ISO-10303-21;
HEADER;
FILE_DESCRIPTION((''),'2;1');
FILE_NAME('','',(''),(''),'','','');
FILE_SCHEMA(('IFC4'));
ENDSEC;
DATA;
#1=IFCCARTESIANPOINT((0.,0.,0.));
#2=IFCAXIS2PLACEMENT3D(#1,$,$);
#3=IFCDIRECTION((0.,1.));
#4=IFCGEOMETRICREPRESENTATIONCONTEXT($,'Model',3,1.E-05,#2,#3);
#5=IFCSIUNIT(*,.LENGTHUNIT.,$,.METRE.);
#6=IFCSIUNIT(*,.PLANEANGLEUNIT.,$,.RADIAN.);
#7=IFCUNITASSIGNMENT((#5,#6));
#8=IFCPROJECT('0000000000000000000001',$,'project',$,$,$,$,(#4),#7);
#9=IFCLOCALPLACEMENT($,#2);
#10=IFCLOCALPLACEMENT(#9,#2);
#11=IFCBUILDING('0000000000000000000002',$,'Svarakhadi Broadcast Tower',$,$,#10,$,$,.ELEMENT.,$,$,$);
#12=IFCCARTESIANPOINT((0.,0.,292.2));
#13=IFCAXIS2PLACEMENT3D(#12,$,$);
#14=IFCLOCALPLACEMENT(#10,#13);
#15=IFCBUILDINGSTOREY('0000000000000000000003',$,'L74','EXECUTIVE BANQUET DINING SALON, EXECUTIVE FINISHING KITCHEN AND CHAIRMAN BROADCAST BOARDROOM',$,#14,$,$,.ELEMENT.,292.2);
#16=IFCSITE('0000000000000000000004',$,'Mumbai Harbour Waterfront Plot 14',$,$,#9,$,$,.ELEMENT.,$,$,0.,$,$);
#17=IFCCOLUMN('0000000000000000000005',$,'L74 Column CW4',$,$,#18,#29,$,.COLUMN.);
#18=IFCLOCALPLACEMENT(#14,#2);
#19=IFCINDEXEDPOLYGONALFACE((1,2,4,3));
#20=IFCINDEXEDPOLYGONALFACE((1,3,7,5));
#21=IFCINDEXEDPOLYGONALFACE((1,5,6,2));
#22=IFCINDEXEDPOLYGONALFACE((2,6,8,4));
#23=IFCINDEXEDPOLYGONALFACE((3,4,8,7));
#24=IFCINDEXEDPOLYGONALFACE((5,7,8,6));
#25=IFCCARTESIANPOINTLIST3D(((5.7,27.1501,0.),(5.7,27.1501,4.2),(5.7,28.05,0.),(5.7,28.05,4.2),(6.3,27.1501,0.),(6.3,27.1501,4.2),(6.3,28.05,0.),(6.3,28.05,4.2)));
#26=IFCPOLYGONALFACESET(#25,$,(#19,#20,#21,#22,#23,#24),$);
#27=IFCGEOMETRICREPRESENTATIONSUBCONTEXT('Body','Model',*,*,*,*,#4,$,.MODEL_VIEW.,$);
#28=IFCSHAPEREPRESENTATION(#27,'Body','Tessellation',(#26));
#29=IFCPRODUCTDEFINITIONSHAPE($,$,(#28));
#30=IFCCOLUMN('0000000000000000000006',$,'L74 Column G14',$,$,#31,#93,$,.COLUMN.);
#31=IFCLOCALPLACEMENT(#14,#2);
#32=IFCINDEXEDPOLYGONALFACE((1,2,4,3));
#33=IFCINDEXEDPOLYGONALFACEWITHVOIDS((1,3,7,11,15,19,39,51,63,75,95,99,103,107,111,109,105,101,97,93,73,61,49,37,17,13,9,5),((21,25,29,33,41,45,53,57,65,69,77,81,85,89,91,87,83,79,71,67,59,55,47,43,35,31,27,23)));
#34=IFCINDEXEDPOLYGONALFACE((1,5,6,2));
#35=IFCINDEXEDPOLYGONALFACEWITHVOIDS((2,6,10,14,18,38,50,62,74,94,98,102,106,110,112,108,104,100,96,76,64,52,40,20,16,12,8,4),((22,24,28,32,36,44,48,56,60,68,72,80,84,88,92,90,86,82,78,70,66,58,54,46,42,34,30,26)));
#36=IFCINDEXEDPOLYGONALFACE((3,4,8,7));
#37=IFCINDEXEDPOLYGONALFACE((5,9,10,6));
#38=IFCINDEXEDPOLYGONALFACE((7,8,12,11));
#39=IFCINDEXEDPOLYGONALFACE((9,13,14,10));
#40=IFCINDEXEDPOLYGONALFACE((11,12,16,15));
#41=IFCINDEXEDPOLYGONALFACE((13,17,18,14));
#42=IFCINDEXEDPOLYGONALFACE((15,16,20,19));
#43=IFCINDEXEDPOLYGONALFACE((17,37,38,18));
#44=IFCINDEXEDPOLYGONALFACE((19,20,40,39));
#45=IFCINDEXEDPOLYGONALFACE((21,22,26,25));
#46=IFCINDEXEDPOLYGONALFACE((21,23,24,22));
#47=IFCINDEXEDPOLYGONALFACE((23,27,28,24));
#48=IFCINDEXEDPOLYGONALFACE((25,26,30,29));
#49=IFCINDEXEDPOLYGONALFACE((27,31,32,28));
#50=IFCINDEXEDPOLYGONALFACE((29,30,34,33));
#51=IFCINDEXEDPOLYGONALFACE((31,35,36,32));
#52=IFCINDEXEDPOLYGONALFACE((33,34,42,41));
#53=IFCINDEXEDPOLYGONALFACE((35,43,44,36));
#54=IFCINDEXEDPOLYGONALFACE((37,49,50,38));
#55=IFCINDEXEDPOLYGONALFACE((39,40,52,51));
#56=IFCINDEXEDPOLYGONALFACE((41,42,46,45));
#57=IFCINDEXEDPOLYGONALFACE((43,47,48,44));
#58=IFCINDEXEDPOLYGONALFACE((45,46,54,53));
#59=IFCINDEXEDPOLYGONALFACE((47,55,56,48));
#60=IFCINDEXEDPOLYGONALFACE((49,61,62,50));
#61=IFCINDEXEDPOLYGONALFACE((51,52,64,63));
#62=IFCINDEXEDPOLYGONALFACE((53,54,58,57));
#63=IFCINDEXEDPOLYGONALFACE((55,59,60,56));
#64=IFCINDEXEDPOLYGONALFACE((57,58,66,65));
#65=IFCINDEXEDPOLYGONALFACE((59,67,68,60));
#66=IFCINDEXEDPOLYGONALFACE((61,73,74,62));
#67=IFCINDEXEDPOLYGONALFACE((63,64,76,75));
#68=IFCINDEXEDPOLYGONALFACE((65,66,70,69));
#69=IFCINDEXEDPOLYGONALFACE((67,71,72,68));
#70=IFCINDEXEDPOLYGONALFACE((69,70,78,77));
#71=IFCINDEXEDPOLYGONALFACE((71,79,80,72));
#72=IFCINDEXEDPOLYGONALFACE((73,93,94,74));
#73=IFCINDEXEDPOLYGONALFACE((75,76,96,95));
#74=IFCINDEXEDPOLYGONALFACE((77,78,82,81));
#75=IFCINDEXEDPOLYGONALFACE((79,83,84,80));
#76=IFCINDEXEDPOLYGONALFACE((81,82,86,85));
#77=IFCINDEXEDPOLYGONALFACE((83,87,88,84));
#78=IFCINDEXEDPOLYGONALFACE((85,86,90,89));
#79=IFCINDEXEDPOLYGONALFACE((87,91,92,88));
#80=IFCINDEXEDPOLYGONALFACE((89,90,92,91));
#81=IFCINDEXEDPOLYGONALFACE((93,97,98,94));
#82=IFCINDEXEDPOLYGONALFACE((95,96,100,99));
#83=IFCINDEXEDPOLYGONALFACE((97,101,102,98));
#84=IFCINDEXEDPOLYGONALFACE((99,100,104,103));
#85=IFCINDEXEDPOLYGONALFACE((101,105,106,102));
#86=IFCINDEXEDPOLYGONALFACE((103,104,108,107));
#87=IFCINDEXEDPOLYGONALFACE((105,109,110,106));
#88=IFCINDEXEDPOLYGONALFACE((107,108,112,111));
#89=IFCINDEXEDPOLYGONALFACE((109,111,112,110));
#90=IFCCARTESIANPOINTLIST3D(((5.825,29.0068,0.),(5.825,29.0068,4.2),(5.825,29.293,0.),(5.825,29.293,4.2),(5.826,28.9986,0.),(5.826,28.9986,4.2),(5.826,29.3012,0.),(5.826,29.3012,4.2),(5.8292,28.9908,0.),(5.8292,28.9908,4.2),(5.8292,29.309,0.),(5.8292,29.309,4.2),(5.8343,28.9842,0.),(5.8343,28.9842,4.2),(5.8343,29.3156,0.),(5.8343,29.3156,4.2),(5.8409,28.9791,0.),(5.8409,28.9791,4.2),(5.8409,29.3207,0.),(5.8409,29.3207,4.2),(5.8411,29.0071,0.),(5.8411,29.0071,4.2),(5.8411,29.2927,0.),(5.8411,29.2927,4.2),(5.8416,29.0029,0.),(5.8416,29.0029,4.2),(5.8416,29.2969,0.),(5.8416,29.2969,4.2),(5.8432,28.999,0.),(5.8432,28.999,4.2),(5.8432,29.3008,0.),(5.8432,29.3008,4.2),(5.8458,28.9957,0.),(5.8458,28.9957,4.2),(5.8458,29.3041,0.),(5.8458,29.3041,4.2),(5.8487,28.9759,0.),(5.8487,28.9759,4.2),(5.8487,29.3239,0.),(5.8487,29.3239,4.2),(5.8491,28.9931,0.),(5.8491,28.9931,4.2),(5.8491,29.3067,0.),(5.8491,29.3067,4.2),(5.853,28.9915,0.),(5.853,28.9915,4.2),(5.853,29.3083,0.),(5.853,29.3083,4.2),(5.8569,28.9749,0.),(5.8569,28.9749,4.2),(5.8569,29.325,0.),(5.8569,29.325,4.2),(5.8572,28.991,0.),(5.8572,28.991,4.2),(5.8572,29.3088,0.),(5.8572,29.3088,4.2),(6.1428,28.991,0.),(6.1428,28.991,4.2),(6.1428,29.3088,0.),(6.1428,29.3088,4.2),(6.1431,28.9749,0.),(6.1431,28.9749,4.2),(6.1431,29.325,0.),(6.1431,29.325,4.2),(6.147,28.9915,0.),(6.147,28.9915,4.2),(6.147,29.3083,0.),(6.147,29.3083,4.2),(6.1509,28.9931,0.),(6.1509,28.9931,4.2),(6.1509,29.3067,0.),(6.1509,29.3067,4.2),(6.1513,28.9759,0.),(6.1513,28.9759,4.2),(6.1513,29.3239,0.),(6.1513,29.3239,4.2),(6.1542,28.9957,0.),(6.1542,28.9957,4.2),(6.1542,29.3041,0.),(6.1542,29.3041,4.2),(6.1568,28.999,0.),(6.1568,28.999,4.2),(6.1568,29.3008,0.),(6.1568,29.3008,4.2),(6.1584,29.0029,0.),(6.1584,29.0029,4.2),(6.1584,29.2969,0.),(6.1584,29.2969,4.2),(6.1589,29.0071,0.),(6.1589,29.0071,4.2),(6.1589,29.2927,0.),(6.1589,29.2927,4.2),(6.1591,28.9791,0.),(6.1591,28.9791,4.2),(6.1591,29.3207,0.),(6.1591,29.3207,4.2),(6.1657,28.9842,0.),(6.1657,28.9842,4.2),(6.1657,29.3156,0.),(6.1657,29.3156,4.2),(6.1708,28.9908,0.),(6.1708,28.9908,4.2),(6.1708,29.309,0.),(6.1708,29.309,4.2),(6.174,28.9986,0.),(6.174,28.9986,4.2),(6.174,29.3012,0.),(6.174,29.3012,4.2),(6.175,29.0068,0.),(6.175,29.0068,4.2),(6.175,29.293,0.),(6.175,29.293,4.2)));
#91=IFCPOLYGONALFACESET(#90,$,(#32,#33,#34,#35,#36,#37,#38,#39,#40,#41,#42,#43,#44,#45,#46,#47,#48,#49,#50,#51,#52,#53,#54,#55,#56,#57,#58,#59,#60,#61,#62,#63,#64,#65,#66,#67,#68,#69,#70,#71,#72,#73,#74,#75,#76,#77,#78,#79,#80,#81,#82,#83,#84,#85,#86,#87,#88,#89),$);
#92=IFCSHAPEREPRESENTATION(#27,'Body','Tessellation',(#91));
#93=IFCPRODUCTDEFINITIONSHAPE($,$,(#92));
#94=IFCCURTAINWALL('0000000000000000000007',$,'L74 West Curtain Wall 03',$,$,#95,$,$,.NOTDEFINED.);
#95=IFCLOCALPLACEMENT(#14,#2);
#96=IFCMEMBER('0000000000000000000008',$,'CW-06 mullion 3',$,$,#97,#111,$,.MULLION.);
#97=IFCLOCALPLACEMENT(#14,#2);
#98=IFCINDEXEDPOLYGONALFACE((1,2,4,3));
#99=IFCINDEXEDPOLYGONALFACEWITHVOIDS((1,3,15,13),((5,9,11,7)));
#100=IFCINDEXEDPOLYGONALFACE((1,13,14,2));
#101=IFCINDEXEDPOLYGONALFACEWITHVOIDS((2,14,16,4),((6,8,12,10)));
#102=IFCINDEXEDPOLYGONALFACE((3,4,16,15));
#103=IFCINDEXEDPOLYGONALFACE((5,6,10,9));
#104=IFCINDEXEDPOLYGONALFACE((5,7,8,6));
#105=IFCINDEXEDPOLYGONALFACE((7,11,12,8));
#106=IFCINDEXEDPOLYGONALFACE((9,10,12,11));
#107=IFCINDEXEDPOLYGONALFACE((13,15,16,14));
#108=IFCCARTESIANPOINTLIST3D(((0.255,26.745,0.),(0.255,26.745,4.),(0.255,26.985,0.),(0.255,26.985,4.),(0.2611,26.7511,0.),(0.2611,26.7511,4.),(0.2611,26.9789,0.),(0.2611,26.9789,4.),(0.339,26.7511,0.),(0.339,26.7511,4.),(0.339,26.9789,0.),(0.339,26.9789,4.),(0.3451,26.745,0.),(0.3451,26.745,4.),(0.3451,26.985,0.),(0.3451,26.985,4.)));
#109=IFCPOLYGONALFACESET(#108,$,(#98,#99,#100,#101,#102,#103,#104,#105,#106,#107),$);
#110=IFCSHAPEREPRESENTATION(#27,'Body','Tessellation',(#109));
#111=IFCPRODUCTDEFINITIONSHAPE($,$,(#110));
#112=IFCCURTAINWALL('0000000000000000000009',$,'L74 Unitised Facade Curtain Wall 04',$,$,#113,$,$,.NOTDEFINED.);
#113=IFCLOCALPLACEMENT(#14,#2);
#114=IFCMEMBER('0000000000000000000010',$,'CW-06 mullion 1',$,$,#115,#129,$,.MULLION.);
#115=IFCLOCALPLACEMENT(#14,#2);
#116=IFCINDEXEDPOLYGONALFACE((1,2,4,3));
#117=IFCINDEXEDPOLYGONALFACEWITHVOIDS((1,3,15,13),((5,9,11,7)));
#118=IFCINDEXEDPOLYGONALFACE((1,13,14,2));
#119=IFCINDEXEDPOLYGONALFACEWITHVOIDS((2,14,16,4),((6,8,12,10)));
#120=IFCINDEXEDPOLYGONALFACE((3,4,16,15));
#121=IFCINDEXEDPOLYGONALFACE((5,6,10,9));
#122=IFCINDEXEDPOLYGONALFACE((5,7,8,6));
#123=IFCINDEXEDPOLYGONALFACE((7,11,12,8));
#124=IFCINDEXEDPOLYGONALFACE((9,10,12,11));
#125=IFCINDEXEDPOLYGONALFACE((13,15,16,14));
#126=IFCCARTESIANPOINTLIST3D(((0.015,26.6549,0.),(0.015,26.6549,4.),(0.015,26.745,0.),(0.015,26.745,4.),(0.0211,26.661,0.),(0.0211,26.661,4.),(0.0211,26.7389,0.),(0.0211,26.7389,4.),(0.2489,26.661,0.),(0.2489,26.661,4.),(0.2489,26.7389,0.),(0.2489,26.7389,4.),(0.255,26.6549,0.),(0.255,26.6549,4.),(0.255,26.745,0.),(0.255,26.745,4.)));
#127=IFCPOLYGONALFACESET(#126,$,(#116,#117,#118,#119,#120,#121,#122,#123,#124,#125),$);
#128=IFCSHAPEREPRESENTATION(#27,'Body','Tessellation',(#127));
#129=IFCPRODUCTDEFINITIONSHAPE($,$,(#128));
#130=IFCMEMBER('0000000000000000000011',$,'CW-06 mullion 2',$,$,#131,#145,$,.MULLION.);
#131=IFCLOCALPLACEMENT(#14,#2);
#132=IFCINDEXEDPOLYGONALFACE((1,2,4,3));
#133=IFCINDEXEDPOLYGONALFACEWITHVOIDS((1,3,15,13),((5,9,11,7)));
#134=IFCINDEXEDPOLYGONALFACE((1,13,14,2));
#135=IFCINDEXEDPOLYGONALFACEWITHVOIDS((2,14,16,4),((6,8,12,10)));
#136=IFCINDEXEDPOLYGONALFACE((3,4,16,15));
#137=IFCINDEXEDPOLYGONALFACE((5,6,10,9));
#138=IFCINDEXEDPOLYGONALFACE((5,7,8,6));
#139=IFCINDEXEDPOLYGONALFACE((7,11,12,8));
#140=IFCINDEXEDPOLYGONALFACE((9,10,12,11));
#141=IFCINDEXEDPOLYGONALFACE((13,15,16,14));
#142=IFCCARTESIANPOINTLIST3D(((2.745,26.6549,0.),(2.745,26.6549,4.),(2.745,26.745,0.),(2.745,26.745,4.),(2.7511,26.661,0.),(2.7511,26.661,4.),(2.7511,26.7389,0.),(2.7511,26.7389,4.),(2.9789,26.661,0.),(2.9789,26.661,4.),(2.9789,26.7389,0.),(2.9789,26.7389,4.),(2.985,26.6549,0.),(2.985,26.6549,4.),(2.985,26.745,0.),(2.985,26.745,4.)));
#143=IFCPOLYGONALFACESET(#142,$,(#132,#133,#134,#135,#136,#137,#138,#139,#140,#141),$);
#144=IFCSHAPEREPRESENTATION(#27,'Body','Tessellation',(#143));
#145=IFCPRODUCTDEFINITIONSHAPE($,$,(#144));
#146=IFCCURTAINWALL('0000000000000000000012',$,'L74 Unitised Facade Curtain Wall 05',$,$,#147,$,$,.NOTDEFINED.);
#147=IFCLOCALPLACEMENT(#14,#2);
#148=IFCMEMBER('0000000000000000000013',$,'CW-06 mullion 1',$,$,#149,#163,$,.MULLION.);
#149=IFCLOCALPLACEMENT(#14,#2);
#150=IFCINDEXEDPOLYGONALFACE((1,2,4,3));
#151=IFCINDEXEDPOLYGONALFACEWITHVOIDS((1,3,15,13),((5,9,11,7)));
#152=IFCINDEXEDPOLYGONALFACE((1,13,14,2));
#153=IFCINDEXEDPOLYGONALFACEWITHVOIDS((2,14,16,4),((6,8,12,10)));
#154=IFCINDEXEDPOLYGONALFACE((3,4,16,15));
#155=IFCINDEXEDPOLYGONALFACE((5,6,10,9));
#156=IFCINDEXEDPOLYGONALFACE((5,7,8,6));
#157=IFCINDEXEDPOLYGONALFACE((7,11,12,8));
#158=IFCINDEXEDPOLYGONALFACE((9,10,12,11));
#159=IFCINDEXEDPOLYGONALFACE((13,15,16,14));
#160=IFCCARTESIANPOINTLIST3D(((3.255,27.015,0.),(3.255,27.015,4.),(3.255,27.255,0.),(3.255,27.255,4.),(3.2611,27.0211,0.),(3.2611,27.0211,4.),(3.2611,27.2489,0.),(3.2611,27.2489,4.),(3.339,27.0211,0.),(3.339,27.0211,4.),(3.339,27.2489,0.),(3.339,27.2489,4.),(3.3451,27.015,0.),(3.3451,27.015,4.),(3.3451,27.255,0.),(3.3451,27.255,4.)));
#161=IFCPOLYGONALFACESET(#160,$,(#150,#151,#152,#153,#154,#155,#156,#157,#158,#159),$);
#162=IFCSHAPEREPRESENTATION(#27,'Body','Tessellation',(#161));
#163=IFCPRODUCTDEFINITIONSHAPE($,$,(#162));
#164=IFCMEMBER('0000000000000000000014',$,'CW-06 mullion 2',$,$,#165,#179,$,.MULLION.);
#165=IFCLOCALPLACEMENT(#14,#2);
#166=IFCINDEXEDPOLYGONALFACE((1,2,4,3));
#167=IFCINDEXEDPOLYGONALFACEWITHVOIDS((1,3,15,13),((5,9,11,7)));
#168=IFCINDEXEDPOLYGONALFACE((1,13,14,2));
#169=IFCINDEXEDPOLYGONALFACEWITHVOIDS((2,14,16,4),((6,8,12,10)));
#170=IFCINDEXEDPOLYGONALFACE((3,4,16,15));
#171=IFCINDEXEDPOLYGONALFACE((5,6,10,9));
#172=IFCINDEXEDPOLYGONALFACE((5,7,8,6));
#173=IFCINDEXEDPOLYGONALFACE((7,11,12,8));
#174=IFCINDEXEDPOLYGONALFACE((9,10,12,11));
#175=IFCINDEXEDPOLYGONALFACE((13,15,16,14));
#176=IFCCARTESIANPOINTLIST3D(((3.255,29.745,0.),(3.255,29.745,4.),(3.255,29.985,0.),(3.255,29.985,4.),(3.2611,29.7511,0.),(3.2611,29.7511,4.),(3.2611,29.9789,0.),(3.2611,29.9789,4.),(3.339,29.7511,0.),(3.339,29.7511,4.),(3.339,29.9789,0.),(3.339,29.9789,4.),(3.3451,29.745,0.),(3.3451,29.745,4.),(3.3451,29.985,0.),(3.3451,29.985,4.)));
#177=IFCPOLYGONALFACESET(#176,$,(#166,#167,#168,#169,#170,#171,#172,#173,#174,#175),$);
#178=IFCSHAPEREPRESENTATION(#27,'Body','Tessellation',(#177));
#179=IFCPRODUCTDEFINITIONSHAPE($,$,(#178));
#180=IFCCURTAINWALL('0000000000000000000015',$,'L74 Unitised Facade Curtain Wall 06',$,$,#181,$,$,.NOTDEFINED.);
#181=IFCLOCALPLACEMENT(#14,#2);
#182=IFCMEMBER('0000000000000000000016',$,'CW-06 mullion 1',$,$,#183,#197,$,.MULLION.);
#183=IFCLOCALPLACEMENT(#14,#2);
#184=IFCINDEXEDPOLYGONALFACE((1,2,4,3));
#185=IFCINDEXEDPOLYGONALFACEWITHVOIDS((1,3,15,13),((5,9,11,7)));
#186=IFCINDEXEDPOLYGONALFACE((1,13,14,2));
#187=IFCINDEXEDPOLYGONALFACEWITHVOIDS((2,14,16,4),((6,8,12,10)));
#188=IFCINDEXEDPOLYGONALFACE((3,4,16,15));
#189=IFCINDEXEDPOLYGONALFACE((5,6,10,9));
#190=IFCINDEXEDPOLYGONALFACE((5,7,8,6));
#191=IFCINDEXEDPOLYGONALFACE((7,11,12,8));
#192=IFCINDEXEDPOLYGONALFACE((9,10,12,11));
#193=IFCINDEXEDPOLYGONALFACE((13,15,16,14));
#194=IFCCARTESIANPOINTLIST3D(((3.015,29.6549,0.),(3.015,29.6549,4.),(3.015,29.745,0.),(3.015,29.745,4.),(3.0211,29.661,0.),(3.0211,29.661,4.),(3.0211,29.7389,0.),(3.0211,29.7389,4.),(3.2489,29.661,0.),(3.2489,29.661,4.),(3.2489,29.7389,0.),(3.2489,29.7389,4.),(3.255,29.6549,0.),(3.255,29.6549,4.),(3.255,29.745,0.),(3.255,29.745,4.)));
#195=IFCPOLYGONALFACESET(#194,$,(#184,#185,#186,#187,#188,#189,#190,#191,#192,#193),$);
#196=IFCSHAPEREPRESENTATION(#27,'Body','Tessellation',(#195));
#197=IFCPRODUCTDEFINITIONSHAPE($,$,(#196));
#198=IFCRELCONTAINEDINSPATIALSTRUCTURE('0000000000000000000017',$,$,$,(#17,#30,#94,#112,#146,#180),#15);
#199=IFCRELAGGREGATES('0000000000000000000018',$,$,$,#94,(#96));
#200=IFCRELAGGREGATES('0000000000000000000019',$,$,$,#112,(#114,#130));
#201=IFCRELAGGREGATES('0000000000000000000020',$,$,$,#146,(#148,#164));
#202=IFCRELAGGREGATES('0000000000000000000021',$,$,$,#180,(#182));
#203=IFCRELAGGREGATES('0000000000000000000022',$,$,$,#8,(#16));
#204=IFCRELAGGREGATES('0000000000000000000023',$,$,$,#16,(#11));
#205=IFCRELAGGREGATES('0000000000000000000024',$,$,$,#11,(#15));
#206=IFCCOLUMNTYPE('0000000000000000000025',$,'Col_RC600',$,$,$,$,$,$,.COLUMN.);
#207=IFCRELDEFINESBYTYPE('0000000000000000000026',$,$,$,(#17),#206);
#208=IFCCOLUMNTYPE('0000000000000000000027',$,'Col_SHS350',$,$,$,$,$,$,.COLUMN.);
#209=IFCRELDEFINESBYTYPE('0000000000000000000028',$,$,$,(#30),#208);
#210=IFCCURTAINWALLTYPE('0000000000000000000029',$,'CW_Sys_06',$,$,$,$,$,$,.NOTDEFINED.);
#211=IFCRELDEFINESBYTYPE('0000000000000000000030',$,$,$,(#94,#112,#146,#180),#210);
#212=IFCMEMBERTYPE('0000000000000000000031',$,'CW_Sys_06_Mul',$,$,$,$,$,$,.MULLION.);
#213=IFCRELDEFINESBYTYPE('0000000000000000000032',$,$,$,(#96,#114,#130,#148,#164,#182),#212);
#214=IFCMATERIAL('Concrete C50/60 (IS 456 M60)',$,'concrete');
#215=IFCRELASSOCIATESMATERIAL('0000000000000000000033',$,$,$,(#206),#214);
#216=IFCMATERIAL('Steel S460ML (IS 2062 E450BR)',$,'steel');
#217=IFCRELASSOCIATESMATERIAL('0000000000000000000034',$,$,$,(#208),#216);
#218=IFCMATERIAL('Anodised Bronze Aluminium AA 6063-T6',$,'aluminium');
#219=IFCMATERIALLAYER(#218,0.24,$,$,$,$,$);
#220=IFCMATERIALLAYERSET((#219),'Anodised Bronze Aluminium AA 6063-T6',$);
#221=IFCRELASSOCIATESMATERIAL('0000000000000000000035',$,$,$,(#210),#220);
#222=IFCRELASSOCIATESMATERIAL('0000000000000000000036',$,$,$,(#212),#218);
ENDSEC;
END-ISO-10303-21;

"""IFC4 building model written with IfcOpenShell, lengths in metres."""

from ifc_helpers import new_model, si_unit, direction, frame, origin, origin_2d, place, context, subcontext, project, spatial, rectangle, hollow_rectangle, extrude, material, layer, layer_set, material_profile, profile_set, type_object, element, aggregate, save


model = new_model("IFC4")

# Units and contexts
model_context = context("Model", 3, precision=1e-05, world=origin(), true_north=direction((0.0, 1.0)))
body_context = subcontext(model_context, "Body", "Model", "MODEL_VIEW")
ifc_project = project(units=[si_unit("LENGTHUNIT", "METRE"), si_unit("PLANEANGLEUNIT", "RADIAN")], contexts=[model_context])

# Site, building, storey
site_placement = place(None, origin())
site = spatial("IfcSite", under=ifc_project, at=site_placement, Name="Mumbai Harbour Waterfront Plot 14", CompositionType="ELEMENT", RefElevation=0.0)
building_placement = place(site_placement, origin())
building = spatial("IfcBuilding", under=site, at=building_placement, Name="Svarakhadi Broadcast Tower", CompositionType="ELEMENT")
storey_placement = place(building_placement, frame((0.0, 0.0, 292.2)))
storey = spatial("IfcBuildingStorey", under=building, at=storey_placement, Name="L74", Description="EXECUTIVE BANQUET DINING SALON, EXECUTIVE FINISHING KITCHEN AND CHAIRMAN BROADCAST BOARDROOM", CompositionType="ELEMENT", Elevation=292.2)

# Columns
ifc_material_1 = material(Name="Concrete C50/60 (IS 456 M60)", Category="concrete")
ifc_material_profile_1 = material_profile(ifc_material_1, rectangle(XDim=0.6001, YDim=0.8999, at=origin_2d()), Name="RC 600x900")
ifc_profile_set_1 = profile_set([ifc_material_profile_1], Name="Concrete C50/60 (IS 456 M60)")
column_type_1 = type_object("IfcColumnType", Name="Col_RC600", PredefinedType="COLUMN", material=ifc_profile_set_1)
column_1_placement = place(storey_placement, frame((6.0, 27.6001, 0.0), z_axis=(0.0, 0.0, 1.0), x_axis=(1.0, 0.0, 0.0)))
element("IfcColumn", 1, at=column_1_placement, inside=storey, type_object=column_type_1, Name="L74 Column CW4", PredefinedType="COLUMN", context=body_context, shape_type="SweptSolid", body=[
    extrude(rectangle(XDim=0.6001, YDim=0.8999, at=origin_2d()), origin(), (0.0, 0.0, 1.0), 4.2),
])
ifc_material_2 = material(Name="Steel S460ML (IS 2062 E450BR)", Category="steel")
ifc_material_profile_2 = material_profile(ifc_material_2, hollow_rectangle(XDim=0.3501, YDim=0.3501, WallThickness=0.0161, InnerFilletRadius=0.0161, OuterFilletRadius=0.032, at=origin_2d()), Name="SHS 350x350x16")
ifc_profile_set_2 = profile_set([ifc_material_profile_2], Name="Steel S460ML (IS 2062 E450BR)")
column_type_2 = type_object("IfcColumnType", Name="Col_SHS350", PredefinedType="COLUMN", material=ifc_profile_set_2)
column_2_placement = place(storey_placement, frame((6.0, 29.1499, 0.0), z_axis=(0.0, 0.0, 1.0), x_axis=(1.0, 0.0, 0.0)))
element("IfcColumn", 2, at=column_2_placement, inside=storey, type_object=column_type_2, Name="L74 Column G14", PredefinedType="COLUMN", context=body_context, shape_type="SweptSolid", body=[
    extrude(hollow_rectangle(XDim=0.3501, YDim=0.3501, WallThickness=0.0161, InnerFilletRadius=0.0161, OuterFilletRadius=0.032, at=origin_2d()), origin(), (0.0, 0.0, 1.0), 4.2),
])

# Curtain wall, member
ifc_material_3 = material(Name="Anodised Bronze Aluminium AA 6063-T6", Category="aluminium")
ifc_layer_1 = layer(ifc_material_3, 0.24)
ifc_layer_set_1 = layer_set([ifc_layer_1], Name="Anodised Bronze Aluminium AA 6063-T6")
curtain_wall_type = type_object("IfcCurtainWallType", Name="CW_Sys_06", PredefinedType="NOTDEFINED", material=ifc_layer_set_1)
curtain_wall_1_placement = place(storey_placement, origin())
curtain_wall_1 = element("IfcCurtainWall", 3, at=curtain_wall_1_placement, inside=storey, type_object=curtain_wall_type, Name="L74 West Curtain Wall 03", PredefinedType="NOTDEFINED")
ifc_material_profile_3 = material_profile(ifc_material_3, hollow_rectangle(XDim=0.0901, YDim=0.24, WallThickness=0.0061, at=origin_2d()), Name="ALU MULLION 240x90x6")
ifc_profile_set_3 = profile_set([ifc_material_profile_3], Name="Anodised Bronze Aluminium AA 6063-T6")
member_type_1 = type_object("IfcMemberType", Name="CW_Sys_06_Mul", PredefinedType="MULLION", material=ifc_profile_set_3)
member_1_placement = place(storey_placement, frame((0.3, 26.865, 0.0), z_axis=(0.0, 0.0, 1.0), x_axis=(-1.0, 0.0, 0.0)))
member_1 = element("IfcMember", 4, at=member_1_placement, type_object=member_type_1, Name="CW-06 mullion 3", PredefinedType="MULLION", context=body_context, shape_type="SweptSolid", body=[
    extrude(hollow_rectangle(XDim=0.0901, YDim=0.24, WallThickness=0.0061, at=origin_2d()), origin(), (0.0, 0.0, 1.0), 4.0),
])

# Curtain walls, members
curtain_wall_2_placement = place(storey_placement, origin())
curtain_wall_2 = element("IfcCurtainWall", 5, at=curtain_wall_2_placement, inside=storey, type_object=curtain_wall_type, Name="L74 Unitised Facade Curtain Wall 04", PredefinedType="NOTDEFINED")
member_2_placement = place(storey_placement, frame((0.135, 26.7, 0.0), z_axis=(0.0, 0.0, 1.0), x_axis=(0.0, 1.0, 0.0)))
member_2 = element("IfcMember", 6, at=member_2_placement, type_object=member_type_1, Name="CW-06 mullion 1", PredefinedType="MULLION", context=body_context, shape_type="SweptSolid", body=[
    extrude(hollow_rectangle(XDim=0.0901, YDim=0.24, WallThickness=0.0061, at=origin_2d()), origin(), (0.0, 0.0, 1.0), 4.0),
])
member_3_placement = place(storey_placement, frame((2.865, 26.7, 0.0), z_axis=(0.0, 0.0, 1.0), x_axis=(0.0, 1.0, 0.0)))
member_3 = element("IfcMember", 7, at=member_3_placement, type_object=member_type_1, Name="CW-06 mullion 2", PredefinedType="MULLION", context=body_context, shape_type="SweptSolid", body=[
    extrude(hollow_rectangle(XDim=0.0901, YDim=0.24, WallThickness=0.0061, at=origin_2d()), origin(), (0.0, 0.0, 1.0), 4.0),
])
curtain_wall_3_placement = place(storey_placement, origin())
curtain_wall_3 = element("IfcCurtainWall", 8, at=curtain_wall_3_placement, inside=storey, type_object=curtain_wall_type, Name="L74 Unitised Facade Curtain Wall 05", PredefinedType="NOTDEFINED")
member_4_placement = place(storey_placement, frame((3.3, 27.135, 0.0), z_axis=(0.0, 0.0, 1.0), x_axis=(-1.0, 0.0, 0.0)))
member_4 = element("IfcMember", 9, at=member_4_placement, type_object=member_type_1, Name="CW-06 mullion 1", PredefinedType="MULLION", context=body_context, shape_type="SweptSolid", body=[
    extrude(hollow_rectangle(XDim=0.0901, YDim=0.24, WallThickness=0.0061, at=origin_2d()), origin(), (0.0, 0.0, 1.0), 4.0),
])
member_5_placement = place(storey_placement, frame((3.3, 29.865, 0.0), z_axis=(0.0, 0.0, 1.0), x_axis=(-1.0, 0.0, 0.0)))
member_5 = element("IfcMember", 10, at=member_5_placement, type_object=member_type_1, Name="CW-06 mullion 2", PredefinedType="MULLION", context=body_context, shape_type="SweptSolid", body=[
    extrude(hollow_rectangle(XDim=0.0901, YDim=0.24, WallThickness=0.0061, at=origin_2d()), origin(), (0.0, 0.0, 1.0), 4.0),
])

# Curtain wall, member
curtain_wall_4_placement = place(storey_placement, origin())
curtain_wall_4 = element("IfcCurtainWall", 11, at=curtain_wall_4_placement, inside=storey, type_object=curtain_wall_type, Name="L74 Unitised Facade Curtain Wall 06", PredefinedType="NOTDEFINED")
member_6_placement = place(storey_placement, frame((3.135, 29.7, 0.0), z_axis=(0.0, 0.0, 1.0), x_axis=(0.0, 1.0, 0.0)))
member_6 = element("IfcMember", 12, at=member_6_placement, type_object=member_type_1, Name="CW-06 mullion 1", PredefinedType="MULLION", context=body_context, shape_type="SweptSolid", body=[
    extrude(hollow_rectangle(XDim=0.0901, YDim=0.24, WallThickness=0.0061, at=origin_2d()), origin(), (0.0, 0.0, 1.0), 4.0),
])

aggregate(curtain_wall_1, [member_1])
aggregate(curtain_wall_2, [member_2, member_3])
aggregate(curtain_wall_3, [member_4, member_5])
aggregate(curtain_wall_4, [member_6])

save(model, "model.ifc")
